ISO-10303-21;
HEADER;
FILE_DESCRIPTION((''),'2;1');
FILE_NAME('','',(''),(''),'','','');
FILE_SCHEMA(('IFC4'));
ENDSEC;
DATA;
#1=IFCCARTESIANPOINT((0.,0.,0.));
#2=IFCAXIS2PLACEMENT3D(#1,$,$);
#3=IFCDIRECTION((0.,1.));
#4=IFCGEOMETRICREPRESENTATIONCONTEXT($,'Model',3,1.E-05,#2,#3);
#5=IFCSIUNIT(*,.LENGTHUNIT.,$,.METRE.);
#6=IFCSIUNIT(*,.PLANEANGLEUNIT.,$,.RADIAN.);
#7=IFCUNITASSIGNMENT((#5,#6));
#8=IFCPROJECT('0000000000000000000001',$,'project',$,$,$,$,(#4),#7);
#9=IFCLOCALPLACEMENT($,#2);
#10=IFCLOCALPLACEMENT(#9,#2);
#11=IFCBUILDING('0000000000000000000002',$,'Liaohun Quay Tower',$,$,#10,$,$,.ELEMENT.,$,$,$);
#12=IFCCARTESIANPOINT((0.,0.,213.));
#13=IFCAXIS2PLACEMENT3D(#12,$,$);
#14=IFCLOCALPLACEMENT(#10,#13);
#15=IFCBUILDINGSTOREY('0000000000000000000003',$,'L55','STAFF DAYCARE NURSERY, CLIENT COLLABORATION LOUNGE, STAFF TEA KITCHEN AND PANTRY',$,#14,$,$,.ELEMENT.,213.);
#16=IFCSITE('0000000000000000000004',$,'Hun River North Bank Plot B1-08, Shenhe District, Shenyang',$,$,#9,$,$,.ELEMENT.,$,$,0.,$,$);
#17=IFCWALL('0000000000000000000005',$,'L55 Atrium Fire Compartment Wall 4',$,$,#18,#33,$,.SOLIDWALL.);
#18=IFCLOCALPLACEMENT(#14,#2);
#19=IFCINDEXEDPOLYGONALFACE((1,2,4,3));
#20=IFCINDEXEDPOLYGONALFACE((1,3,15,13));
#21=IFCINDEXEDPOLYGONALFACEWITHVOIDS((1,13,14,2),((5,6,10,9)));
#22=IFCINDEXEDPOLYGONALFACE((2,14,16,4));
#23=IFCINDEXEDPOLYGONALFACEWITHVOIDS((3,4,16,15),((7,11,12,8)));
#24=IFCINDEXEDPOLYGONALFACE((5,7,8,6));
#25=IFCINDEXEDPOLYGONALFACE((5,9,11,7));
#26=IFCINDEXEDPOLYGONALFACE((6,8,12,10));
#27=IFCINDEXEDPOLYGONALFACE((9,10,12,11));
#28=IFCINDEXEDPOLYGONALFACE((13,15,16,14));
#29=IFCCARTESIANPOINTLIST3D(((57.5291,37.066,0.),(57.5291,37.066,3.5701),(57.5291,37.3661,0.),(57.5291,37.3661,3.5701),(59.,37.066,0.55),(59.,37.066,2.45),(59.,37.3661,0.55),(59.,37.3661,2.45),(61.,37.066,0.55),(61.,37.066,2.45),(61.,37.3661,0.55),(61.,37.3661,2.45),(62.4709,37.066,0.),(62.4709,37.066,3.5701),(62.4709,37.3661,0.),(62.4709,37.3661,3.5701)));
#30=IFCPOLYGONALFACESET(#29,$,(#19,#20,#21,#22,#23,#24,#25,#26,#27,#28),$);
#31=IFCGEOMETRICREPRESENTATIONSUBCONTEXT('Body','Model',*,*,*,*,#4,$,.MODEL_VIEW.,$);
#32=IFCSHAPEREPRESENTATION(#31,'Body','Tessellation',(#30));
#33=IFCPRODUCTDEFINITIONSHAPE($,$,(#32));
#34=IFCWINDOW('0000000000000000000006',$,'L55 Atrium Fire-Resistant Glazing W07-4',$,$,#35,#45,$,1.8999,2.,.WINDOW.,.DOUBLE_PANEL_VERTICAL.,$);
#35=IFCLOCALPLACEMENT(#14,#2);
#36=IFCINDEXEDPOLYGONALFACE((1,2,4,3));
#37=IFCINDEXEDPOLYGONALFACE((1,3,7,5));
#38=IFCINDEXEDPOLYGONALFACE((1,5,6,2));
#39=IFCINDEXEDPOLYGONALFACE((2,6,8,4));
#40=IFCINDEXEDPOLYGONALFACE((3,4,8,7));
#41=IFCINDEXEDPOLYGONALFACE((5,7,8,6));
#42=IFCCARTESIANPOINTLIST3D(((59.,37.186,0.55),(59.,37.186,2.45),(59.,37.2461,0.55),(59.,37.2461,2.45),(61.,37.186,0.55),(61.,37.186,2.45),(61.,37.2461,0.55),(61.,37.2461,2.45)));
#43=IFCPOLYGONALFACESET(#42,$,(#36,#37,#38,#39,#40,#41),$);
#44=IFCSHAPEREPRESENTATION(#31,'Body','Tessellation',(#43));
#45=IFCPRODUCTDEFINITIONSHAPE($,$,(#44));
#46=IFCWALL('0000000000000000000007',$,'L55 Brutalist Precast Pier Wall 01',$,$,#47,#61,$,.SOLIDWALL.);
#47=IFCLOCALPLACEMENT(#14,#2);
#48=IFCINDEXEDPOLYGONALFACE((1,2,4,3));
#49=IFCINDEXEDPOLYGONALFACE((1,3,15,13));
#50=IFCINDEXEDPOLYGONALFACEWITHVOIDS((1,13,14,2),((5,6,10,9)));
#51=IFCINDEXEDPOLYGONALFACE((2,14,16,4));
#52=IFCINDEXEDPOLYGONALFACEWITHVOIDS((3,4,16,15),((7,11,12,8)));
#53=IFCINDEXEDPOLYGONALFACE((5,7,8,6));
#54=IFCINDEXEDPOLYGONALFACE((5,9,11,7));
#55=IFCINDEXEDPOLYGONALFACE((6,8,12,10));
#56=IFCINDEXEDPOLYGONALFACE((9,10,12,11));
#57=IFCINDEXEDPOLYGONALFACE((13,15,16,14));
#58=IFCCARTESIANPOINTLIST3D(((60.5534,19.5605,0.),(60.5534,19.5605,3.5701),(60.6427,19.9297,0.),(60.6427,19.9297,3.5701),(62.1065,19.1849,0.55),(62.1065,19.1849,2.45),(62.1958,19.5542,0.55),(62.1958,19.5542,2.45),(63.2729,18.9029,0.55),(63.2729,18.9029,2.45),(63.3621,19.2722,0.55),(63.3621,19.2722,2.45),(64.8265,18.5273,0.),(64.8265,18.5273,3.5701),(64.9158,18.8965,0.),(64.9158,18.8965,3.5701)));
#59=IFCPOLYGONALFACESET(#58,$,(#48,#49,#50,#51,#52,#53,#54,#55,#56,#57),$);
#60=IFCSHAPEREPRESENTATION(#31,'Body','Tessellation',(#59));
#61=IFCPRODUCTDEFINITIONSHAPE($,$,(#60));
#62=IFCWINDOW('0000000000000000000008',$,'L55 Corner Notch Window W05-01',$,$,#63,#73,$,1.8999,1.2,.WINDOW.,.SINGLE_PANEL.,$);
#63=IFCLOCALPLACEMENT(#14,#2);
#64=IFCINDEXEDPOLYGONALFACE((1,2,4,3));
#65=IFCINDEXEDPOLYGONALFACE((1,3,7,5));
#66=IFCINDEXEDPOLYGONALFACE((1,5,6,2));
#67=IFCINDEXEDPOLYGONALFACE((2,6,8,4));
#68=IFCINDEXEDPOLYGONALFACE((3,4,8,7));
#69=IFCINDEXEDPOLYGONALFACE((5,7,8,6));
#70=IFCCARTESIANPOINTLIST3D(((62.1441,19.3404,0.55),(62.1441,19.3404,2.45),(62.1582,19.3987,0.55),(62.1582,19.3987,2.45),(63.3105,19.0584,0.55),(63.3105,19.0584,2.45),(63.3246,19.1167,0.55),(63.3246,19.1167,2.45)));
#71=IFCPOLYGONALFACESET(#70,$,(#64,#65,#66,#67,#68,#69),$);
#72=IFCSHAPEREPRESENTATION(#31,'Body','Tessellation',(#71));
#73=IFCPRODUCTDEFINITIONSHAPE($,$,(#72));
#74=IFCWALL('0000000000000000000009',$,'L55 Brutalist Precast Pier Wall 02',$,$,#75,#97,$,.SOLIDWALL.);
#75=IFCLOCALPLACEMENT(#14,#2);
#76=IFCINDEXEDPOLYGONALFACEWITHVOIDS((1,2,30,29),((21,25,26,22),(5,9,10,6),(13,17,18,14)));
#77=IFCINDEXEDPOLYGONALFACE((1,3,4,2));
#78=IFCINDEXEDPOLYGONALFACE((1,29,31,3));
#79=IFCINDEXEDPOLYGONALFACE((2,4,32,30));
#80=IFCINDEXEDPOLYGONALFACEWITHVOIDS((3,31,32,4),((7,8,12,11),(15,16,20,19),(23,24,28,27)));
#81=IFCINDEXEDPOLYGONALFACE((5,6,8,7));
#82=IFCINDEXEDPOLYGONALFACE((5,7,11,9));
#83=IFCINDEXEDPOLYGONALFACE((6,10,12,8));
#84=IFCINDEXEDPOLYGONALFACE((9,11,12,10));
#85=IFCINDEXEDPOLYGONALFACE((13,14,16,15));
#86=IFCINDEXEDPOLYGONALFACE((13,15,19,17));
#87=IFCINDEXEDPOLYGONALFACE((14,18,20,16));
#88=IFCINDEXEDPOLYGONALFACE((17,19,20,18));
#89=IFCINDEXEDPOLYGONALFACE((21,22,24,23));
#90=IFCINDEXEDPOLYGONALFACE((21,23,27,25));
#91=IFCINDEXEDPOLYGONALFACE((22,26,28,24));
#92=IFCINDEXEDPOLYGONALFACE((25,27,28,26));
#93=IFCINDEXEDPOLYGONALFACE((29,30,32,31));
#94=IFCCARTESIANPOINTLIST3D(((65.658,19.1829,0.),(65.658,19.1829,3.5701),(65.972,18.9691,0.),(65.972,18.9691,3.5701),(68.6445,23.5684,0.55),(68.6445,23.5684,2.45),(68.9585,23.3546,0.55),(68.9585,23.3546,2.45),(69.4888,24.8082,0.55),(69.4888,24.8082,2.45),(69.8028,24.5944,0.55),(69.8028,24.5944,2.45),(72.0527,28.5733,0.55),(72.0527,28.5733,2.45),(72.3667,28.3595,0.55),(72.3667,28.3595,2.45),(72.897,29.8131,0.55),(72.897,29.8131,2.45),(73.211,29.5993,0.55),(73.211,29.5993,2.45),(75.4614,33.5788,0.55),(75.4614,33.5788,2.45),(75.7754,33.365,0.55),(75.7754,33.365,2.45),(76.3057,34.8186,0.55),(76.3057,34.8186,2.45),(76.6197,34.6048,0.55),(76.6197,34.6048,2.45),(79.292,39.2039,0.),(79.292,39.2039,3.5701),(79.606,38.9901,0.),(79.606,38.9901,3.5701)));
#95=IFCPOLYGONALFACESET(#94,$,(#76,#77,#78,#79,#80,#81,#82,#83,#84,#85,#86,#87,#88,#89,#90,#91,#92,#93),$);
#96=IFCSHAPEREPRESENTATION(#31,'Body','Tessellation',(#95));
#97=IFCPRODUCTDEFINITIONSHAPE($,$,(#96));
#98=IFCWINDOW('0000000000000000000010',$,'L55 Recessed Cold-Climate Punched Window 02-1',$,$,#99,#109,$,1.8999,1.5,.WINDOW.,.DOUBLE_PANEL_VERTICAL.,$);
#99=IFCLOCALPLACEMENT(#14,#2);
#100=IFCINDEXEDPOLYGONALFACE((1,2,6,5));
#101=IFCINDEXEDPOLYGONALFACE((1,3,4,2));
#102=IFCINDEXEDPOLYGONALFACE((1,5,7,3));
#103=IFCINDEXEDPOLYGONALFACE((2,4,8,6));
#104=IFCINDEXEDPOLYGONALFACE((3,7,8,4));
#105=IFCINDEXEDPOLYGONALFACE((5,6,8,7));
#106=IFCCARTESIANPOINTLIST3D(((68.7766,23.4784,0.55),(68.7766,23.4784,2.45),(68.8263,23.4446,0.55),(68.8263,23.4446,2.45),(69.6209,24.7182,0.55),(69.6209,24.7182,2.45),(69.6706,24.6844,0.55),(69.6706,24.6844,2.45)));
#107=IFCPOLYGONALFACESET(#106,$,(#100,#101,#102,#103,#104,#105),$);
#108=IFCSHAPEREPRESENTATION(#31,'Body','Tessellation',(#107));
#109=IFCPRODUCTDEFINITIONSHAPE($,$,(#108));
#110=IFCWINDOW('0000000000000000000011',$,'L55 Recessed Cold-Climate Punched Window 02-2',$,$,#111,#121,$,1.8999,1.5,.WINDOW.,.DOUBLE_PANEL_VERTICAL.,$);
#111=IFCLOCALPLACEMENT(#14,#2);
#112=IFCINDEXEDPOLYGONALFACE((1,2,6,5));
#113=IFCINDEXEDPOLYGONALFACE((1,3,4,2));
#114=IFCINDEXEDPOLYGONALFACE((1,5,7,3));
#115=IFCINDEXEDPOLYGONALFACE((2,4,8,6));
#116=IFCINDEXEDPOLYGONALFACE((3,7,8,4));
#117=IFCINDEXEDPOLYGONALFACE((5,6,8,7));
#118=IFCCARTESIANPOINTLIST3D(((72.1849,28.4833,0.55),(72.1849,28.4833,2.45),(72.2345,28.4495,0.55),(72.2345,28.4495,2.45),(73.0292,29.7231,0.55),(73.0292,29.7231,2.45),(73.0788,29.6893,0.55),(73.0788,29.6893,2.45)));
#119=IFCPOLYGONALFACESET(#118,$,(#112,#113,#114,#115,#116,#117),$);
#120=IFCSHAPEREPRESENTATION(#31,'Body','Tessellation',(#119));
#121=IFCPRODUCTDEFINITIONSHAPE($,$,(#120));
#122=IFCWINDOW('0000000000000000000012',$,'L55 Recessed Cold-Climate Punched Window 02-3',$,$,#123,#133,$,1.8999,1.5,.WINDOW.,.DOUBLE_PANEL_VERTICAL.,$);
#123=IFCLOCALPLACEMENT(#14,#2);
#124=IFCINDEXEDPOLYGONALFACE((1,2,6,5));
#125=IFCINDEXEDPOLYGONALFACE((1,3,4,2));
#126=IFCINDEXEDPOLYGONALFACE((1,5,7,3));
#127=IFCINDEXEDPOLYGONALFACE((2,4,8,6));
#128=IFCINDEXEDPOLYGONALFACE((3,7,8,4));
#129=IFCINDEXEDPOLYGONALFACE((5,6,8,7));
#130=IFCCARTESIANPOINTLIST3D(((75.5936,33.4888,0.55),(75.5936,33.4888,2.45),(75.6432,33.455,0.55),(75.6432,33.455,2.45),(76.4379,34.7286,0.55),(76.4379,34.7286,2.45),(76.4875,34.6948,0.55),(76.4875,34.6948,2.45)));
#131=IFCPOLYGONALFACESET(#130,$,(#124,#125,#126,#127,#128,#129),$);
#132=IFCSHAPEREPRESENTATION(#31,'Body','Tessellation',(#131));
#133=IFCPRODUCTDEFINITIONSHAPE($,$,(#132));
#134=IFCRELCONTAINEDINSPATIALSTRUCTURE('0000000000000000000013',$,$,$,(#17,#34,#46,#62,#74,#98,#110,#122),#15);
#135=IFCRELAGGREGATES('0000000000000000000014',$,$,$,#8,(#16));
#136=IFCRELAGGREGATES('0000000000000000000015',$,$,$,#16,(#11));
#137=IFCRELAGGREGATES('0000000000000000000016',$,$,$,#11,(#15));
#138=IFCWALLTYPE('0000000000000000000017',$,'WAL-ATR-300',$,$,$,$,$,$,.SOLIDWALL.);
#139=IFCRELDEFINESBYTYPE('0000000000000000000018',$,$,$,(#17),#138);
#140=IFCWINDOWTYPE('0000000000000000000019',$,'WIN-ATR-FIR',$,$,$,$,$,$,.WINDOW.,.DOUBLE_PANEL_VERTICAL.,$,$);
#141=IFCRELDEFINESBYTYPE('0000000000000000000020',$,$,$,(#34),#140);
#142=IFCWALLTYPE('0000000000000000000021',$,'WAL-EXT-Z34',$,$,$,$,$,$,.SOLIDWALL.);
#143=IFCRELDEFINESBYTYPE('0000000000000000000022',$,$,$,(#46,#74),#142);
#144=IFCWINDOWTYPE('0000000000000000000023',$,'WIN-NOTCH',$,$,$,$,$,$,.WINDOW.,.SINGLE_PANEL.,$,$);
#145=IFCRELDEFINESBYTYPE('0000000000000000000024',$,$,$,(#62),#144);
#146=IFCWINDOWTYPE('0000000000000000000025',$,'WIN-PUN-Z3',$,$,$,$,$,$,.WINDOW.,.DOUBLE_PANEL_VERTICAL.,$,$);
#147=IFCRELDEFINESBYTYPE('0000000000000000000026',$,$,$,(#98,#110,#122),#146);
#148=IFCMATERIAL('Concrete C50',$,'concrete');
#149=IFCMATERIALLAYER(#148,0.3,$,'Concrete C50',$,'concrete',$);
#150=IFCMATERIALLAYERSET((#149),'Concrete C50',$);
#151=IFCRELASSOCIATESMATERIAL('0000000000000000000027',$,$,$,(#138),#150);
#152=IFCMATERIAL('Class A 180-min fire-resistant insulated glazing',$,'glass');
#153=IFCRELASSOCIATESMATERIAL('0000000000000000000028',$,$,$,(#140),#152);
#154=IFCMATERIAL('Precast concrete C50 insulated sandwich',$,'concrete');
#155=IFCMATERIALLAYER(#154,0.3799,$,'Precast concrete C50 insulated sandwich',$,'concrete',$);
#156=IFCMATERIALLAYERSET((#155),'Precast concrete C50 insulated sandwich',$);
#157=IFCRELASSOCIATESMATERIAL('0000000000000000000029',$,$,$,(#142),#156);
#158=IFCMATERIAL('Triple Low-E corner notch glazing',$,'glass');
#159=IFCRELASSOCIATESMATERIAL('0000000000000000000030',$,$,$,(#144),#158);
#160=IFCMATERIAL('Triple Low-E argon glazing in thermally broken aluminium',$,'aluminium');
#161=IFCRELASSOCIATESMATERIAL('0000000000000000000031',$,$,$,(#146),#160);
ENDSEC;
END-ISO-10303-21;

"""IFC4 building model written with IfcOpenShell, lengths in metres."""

from ifc_helpers import new_model, si_unit, direction, frame, frame_2d, origin, place, context, subcontext, project, spatial, rectangle, extrude, source, transform, mapped, material, layer, layer_set, type_object, element, fill, save


model = new_model("IFC4")

# Units and contexts
model_context = context("Model", 3, precision=1e-05, world=origin(), true_north=direction((0.0, 1.0)))
body_context = subcontext(model_context, "Body", "Model", "MODEL_VIEW")
ifc_project = project(units=[si_unit("LENGTHUNIT", "METRE"), si_unit("PLANEANGLEUNIT", "RADIAN")], contexts=[model_context])

# Site, building, storey
site_placement = place(None, origin())
site = spatial("IfcSite", under=ifc_project, at=site_placement, Name="Hun River North Bank Plot B1-08, Shenhe District, Shenyang", CompositionType="ELEMENT", RefElevation=0.0)
building_placement = place(site_placement, origin())
building = spatial("IfcBuilding", under=site, at=building_placement, Name="Liaohun Quay Tower", CompositionType="ELEMENT")
storey_placement = place(building_placement, frame((0.0, 0.0, 213.0)))
storey = spatial("IfcBuildingStorey", under=building, at=storey_placement, Name="L55", Description="STAFF DAYCARE NURSERY, CLIENT COLLABORATION LOUNGE, STAFF TEA KITCHEN AND PANTRY", CompositionType="ELEMENT", Elevation=213.0)

# Walls, openings, windows
ifc_material_1 = material(Name="Concrete C50", Category="concrete")
ifc_layer_1 = layer(ifc_material_1, 0.3, Name="Concrete C50", Category="concrete")
ifc_layer_set_1 = layer_set([ifc_layer_1], Name="Concrete C50")
wall_type_1 = type_object("IfcWallType", Name="WAL-ATR-300", PredefinedType="SOLIDWALL", material=ifc_layer_set_1)
shared_shape_1 = source(origin(), body_context, "Body", "SweptSolid", [
    extrude(rectangle(XDim=2.0, YDim=1.8999, at=frame_2d((1.0, 0.95))), frame((0.0, 0.1599, 0.0), z_axis=(0.0, -1.0, 0.0), x_axis=(1.0, 0.0, 0.0)), (0.0, 0.0, 1.0), 0.3201),
])
ifc_material_2 = material(Name="Class A 180-min fire-resistant insulated glazing", Category="glass")
window_type_1 = type_object("IfcWindowType", Name="WIN-ATR-FIR", PartitioningType="DOUBLE_PANEL_VERTICAL", PredefinedType="WINDOW", material=ifc_material_2)
shared_shape_2 = source(origin(), body_context, "Body", "SweptSolid", [
    extrude(rectangle(XDim=2.0, YDim=1.8999, at=frame_2d((1.0, 0.95))), frame((0.0, 0.03, 0.0), z_axis=(0.0, -1.0, 0.0), x_axis=(1.0, 0.0, 0.0)), (0.0, 0.0, 1.0), 0.0601),
])
wall_1_placement = place(storey_placement, frame((62.4709, 37.2161, 0.0), z_axis=(0.0, 0.0, 1.0), x_axis=(-1.0, 0.0, 0.0)))
wall_1 = element("IfcWall", 1, at=wall_1_placement, inside=storey, type_object=wall_type_1, Name="L55 Atrium Fire Compartment Wall 4", PredefinedType="SOLIDWALL", context=body_context, shape_type="SweptSolid", body=[
    extrude(rectangle(XDim=4.9419, YDim=0.3, at=frame_2d((2.4709, 0.0))), origin(), (0.0, 0.0, 1.0), 3.5701),
])
opening_1_placement = place(wall_1_placement, frame((1.4709, 0.0, 0.55)))
opening_1 = element("IfcOpeningElement", 2, at=opening_1_placement, cuts=wall_1, PredefinedType="OPENING", context=body_context, shape_type="MappedRepresentation", body=[
    mapped(shared_shape_1, transform((0.0, 0.0, 0.0), x_axis=(1.0, 0.0, 0.0), y_axis=(0.0, 1.0, 0.0), z_axis=(0.0, 0.0, 1.0), scale=1.0)),
])
window_1_placement = place(opening_1_placement, origin())
window_1 = element("IfcWindow", 3, at=window_1_placement, inside=storey, type_object=window_type_1, Name="L55 Atrium Fire-Resistant Glazing W07-4", OverallHeight=1.8999, OverallWidth=2.0, PartitioningType="DOUBLE_PANEL_VERTICAL", PredefinedType="WINDOW", context=body_context, shape_type="MappedRepresentation", body=[
    mapped(shared_shape_2, transform((0.0, 0.0, 0.0), x_axis=(1.0, 0.0, 0.0), y_axis=(0.0, 1.0, 0.0), z_axis=(0.0, 0.0, 1.0), scale=1.0)),
])
fill(opening_1, window_1)
ifc_material_3 = material(Name="Precast concrete C50 insulated sandwich", Category="concrete")
ifc_layer_2 = layer(ifc_material_3, 0.3799, Name="Precast concrete C50 insulated sandwich", Category="concrete")
ifc_layer_set_2 = layer_set([ifc_layer_2], Name="Precast concrete C50 insulated sandwich")
wall_type_2 = type_object("IfcWallType", Name="WAL-EXT-Z34", PredefinedType="SOLIDWALL", material=ifc_layer_set_2)
wall_2_placement = place(storey_placement, frame((60.5979, 19.7451, 0.0), z_axis=(0.0, 0.0, 1.0), x_axis=(0.971992, -0.235015, 0.0)))
wall_2 = element("IfcWall", 4, at=wall_2_placement, inside=storey, type_object=wall_type_2, Name="L55 Brutalist Precast Pier Wall 01", PredefinedType="SOLIDWALL", context=body_context, shape_type="SweptSolid", body=[
    extrude(rectangle(XDim=4.3962, YDim=0.3799, at=frame_2d((2.1982, 0.0))), origin(), (0.0, 0.0, 1.0), 3.5701),
])
shared_shape_3 = source(origin(), body_context, "Body", "SweptSolid", [
    extrude(rectangle(XDim=1.2, YDim=1.8999, at=frame_2d((0.6001, 0.95))), frame((0.0, 0.2, 0.0), z_axis=(0.0, -1.0, 0.0), x_axis=(1.0, 0.0, 0.0)), (0.0, 0.0, 1.0), 0.3999),
])
opening_2_placement = place(wall_2_placement, frame((1.5979, 0.0, 0.55)))
opening_2 = element("IfcOpeningElement", 5, at=opening_2_placement, cuts=wall_2, PredefinedType="OPENING", context=body_context, shape_type="MappedRepresentation", body=[
    mapped(shared_shape_3, transform((0.0, 0.0, 0.0), x_axis=(1.0, 0.0, 0.0), y_axis=(0.0, 1.0, 0.0), z_axis=(0.0, 0.0, 1.0), scale=1.0)),
])
ifc_material_4 = material(Name="Triple Low-E corner notch glazing", Category="glass")
window_type_2 = type_object("IfcWindowType", Name="WIN-NOTCH", PartitioningType="SINGLE_PANEL", PredefinedType="WINDOW", material=ifc_material_4)
shared_shape_4 = source(origin(), body_context, "Body", "SweptSolid", [
    extrude(rectangle(XDim=1.2, YDim=1.8999, at=frame_2d((0.6001, 0.95))), frame((0.0, 0.03, 0.0), z_axis=(0.0, -1.0, 0.0), x_axis=(1.0, 0.0, 0.0)), (0.0, 0.0, 1.0), 0.0601),
])
window_2_placement = place(opening_2_placement, origin())
window_2 = element("IfcWindow", 6, at=window_2_placement, inside=storey, type_object=window_type_2, Name="L55 Corner Notch Window W05-01", OverallHeight=1.8999, OverallWidth=1.2, PartitioningType="SINGLE_PANEL", PredefinedType="WINDOW", context=body_context, shape_type="MappedRepresentation", body=[
    mapped(shared_shape_4, transform((0.0, 0.0, 0.0), x_axis=(1.0, 0.0, 0.0), y_axis=(0.0, 1.0, 0.0), z_axis=(0.0, 0.0, 1.0), scale=1.0)),
])
fill(opening_2, window_2)

# Wall, openings, windows
wall_3_placement = place(storey_placement, frame((65.8149, 19.0759, 0.0), z_axis=(0.0, 0.0, 1.0), x_axis=(0.562868, 0.826547, 0.0)))
wall_3 = element("IfcWall", 7, at=wall_3_placement, inside=storey, type_object=wall_type_2, Name="L55 Brutalist Precast Pier Wall 02", PredefinedType="SOLIDWALL", context=body_context, shape_type="SweptSolid", body=[
    extrude(rectangle(XDim=24.2224, YDim=0.3799, at=frame_2d((12.1113, 0.0))), origin(), (0.0, 0.0, 1.0), 3.5701),
])
shared_shape_5 = source(origin(), body_context, "Body", "SweptSolid", [
    extrude(rectangle(XDim=1.5, YDim=1.8999, at=frame_2d((0.75, 0.95))), frame((0.0, 0.2, 0.0), z_axis=(0.0, -1.0, 0.0), x_axis=(1.0, 0.0, 0.0)), (0.0, 0.0, 1.0), 0.3999),
])
opening_3_placement = place(wall_3_placement, frame((5.3059, 0.0, 0.55)))
opening_3 = element("IfcOpeningElement", 8, at=opening_3_placement, cuts=wall_3, PredefinedType="OPENING", context=body_context, shape_type="MappedRepresentation", body=[
    mapped(shared_shape_5, transform((0.0, 0.0, 0.0), x_axis=(1.0, 0.0, 0.0), y_axis=(0.0, 1.0, 0.0), z_axis=(0.0, 0.0, 1.0), scale=1.0)),
])
opening_4_placement = place(wall_3_placement, frame((11.3611, 0.0, 0.55)))
opening_4 = element("IfcOpeningElement", 9, at=opening_4_placement, cuts=wall_3, PredefinedType="OPENING", context=body_context, shape_type="MappedRepresentation", body=[
    mapped(shared_shape_5, transform((0.0, 0.0, 0.0), x_axis=(1.0, 0.0, 0.0), y_axis=(0.0, 1.0, 0.0), z_axis=(0.0, 0.0, 1.0), scale=1.0)),
])
opening_5_placement = place(wall_3_placement, frame((17.417, 0.0, 0.55)))
opening_5 = element("IfcOpeningElement", 10, at=opening_5_placement, cuts=wall_3, PredefinedType="OPENING", context=body_context, shape_type="MappedRepresentation", body=[
    mapped(shared_shape_5, transform((0.0, 0.0, 0.0), x_axis=(1.0, 0.0, 0.0), y_axis=(0.0, 1.0, 0.0), z_axis=(0.0, 0.0, 1.0), scale=1.0)),
])
ifc_material_5 = material(Name="Triple Low-E argon glazing in thermally broken aluminium", Category="aluminium")
window_type_3 = type_object("IfcWindowType", Name="WIN-PUN-Z3", PartitioningType="DOUBLE_PANEL_VERTICAL", PredefinedType="WINDOW", material=ifc_material_5)
shared_shape_6 = source(origin(), body_context, "Body", "SweptSolid", [
    extrude(rectangle(XDim=1.5, YDim=1.8999, at=frame_2d((0.75, 0.95))), frame((0.0, 0.03, 0.0), z_axis=(0.0, -1.0, 0.0), x_axis=(1.0, 0.0, 0.0)), (0.0, 0.0, 1.0), 0.0601),
])
window_3_placement = place(opening_3_placement, origin())
window_3 = element("IfcWindow", 11, at=window_3_placement, inside=storey, type_object=window_type_3, Name="L55 Recessed Cold-Climate Punched Window 02-1", OverallHeight=1.8999, OverallWidth=1.5, PartitioningType="DOUBLE_PANEL_VERTICAL", PredefinedType="WINDOW", context=body_context, shape_type="MappedRepresentation", body=[
    mapped(shared_shape_6, transform((0.0, 0.0, 0.0), x_axis=(1.0, 0.0, 0.0), y_axis=(0.0, 1.0, 0.0), z_axis=(0.0, 0.0, 1.0), scale=1.0)),
])
fill(opening_3, window_3)
window_4_placement = place(opening_4_placement, origin())
window_4 = element("IfcWindow", 12, at=window_4_placement, inside=storey, type_object=window_type_3, Name="L55 Recessed Cold-Climate Punched Window 02-2", OverallHeight=1.8999, OverallWidth=1.5, PartitioningType="DOUBLE_PANEL_VERTICAL", PredefinedType="WINDOW", context=body_context, shape_type="MappedRepresentation", body=[
    mapped(shared_shape_6, transform((0.0, 0.0, 0.0), x_axis=(1.0, 0.0, 0.0), y_axis=(0.0, 1.0, 0.0), z_axis=(0.0, 0.0, 1.0), scale=1.0)),
])
fill(opening_4, window_4)
window_5_placement = place(opening_5_placement, origin())
window_5 = element("IfcWindow", 13, at=window_5_placement, inside=storey, type_object=window_type_3, Name="L55 Recessed Cold-Climate Punched Window 02-3", OverallHeight=1.8999, OverallWidth=1.5, PartitioningType="DOUBLE_PANEL_VERTICAL", PredefinedType="WINDOW", context=body_context, shape_type="MappedRepresentation", body=[
    mapped(shared_shape_6, transform((0.0, 0.0, 0.0), x_axis=(1.0, 0.0, 0.0), y_axis=(0.0, 1.0, 0.0), z_axis=(0.0, 0.0, 1.0), scale=1.0)),
])
fill(opening_5, window_5)

save(model, "model.ifc")
